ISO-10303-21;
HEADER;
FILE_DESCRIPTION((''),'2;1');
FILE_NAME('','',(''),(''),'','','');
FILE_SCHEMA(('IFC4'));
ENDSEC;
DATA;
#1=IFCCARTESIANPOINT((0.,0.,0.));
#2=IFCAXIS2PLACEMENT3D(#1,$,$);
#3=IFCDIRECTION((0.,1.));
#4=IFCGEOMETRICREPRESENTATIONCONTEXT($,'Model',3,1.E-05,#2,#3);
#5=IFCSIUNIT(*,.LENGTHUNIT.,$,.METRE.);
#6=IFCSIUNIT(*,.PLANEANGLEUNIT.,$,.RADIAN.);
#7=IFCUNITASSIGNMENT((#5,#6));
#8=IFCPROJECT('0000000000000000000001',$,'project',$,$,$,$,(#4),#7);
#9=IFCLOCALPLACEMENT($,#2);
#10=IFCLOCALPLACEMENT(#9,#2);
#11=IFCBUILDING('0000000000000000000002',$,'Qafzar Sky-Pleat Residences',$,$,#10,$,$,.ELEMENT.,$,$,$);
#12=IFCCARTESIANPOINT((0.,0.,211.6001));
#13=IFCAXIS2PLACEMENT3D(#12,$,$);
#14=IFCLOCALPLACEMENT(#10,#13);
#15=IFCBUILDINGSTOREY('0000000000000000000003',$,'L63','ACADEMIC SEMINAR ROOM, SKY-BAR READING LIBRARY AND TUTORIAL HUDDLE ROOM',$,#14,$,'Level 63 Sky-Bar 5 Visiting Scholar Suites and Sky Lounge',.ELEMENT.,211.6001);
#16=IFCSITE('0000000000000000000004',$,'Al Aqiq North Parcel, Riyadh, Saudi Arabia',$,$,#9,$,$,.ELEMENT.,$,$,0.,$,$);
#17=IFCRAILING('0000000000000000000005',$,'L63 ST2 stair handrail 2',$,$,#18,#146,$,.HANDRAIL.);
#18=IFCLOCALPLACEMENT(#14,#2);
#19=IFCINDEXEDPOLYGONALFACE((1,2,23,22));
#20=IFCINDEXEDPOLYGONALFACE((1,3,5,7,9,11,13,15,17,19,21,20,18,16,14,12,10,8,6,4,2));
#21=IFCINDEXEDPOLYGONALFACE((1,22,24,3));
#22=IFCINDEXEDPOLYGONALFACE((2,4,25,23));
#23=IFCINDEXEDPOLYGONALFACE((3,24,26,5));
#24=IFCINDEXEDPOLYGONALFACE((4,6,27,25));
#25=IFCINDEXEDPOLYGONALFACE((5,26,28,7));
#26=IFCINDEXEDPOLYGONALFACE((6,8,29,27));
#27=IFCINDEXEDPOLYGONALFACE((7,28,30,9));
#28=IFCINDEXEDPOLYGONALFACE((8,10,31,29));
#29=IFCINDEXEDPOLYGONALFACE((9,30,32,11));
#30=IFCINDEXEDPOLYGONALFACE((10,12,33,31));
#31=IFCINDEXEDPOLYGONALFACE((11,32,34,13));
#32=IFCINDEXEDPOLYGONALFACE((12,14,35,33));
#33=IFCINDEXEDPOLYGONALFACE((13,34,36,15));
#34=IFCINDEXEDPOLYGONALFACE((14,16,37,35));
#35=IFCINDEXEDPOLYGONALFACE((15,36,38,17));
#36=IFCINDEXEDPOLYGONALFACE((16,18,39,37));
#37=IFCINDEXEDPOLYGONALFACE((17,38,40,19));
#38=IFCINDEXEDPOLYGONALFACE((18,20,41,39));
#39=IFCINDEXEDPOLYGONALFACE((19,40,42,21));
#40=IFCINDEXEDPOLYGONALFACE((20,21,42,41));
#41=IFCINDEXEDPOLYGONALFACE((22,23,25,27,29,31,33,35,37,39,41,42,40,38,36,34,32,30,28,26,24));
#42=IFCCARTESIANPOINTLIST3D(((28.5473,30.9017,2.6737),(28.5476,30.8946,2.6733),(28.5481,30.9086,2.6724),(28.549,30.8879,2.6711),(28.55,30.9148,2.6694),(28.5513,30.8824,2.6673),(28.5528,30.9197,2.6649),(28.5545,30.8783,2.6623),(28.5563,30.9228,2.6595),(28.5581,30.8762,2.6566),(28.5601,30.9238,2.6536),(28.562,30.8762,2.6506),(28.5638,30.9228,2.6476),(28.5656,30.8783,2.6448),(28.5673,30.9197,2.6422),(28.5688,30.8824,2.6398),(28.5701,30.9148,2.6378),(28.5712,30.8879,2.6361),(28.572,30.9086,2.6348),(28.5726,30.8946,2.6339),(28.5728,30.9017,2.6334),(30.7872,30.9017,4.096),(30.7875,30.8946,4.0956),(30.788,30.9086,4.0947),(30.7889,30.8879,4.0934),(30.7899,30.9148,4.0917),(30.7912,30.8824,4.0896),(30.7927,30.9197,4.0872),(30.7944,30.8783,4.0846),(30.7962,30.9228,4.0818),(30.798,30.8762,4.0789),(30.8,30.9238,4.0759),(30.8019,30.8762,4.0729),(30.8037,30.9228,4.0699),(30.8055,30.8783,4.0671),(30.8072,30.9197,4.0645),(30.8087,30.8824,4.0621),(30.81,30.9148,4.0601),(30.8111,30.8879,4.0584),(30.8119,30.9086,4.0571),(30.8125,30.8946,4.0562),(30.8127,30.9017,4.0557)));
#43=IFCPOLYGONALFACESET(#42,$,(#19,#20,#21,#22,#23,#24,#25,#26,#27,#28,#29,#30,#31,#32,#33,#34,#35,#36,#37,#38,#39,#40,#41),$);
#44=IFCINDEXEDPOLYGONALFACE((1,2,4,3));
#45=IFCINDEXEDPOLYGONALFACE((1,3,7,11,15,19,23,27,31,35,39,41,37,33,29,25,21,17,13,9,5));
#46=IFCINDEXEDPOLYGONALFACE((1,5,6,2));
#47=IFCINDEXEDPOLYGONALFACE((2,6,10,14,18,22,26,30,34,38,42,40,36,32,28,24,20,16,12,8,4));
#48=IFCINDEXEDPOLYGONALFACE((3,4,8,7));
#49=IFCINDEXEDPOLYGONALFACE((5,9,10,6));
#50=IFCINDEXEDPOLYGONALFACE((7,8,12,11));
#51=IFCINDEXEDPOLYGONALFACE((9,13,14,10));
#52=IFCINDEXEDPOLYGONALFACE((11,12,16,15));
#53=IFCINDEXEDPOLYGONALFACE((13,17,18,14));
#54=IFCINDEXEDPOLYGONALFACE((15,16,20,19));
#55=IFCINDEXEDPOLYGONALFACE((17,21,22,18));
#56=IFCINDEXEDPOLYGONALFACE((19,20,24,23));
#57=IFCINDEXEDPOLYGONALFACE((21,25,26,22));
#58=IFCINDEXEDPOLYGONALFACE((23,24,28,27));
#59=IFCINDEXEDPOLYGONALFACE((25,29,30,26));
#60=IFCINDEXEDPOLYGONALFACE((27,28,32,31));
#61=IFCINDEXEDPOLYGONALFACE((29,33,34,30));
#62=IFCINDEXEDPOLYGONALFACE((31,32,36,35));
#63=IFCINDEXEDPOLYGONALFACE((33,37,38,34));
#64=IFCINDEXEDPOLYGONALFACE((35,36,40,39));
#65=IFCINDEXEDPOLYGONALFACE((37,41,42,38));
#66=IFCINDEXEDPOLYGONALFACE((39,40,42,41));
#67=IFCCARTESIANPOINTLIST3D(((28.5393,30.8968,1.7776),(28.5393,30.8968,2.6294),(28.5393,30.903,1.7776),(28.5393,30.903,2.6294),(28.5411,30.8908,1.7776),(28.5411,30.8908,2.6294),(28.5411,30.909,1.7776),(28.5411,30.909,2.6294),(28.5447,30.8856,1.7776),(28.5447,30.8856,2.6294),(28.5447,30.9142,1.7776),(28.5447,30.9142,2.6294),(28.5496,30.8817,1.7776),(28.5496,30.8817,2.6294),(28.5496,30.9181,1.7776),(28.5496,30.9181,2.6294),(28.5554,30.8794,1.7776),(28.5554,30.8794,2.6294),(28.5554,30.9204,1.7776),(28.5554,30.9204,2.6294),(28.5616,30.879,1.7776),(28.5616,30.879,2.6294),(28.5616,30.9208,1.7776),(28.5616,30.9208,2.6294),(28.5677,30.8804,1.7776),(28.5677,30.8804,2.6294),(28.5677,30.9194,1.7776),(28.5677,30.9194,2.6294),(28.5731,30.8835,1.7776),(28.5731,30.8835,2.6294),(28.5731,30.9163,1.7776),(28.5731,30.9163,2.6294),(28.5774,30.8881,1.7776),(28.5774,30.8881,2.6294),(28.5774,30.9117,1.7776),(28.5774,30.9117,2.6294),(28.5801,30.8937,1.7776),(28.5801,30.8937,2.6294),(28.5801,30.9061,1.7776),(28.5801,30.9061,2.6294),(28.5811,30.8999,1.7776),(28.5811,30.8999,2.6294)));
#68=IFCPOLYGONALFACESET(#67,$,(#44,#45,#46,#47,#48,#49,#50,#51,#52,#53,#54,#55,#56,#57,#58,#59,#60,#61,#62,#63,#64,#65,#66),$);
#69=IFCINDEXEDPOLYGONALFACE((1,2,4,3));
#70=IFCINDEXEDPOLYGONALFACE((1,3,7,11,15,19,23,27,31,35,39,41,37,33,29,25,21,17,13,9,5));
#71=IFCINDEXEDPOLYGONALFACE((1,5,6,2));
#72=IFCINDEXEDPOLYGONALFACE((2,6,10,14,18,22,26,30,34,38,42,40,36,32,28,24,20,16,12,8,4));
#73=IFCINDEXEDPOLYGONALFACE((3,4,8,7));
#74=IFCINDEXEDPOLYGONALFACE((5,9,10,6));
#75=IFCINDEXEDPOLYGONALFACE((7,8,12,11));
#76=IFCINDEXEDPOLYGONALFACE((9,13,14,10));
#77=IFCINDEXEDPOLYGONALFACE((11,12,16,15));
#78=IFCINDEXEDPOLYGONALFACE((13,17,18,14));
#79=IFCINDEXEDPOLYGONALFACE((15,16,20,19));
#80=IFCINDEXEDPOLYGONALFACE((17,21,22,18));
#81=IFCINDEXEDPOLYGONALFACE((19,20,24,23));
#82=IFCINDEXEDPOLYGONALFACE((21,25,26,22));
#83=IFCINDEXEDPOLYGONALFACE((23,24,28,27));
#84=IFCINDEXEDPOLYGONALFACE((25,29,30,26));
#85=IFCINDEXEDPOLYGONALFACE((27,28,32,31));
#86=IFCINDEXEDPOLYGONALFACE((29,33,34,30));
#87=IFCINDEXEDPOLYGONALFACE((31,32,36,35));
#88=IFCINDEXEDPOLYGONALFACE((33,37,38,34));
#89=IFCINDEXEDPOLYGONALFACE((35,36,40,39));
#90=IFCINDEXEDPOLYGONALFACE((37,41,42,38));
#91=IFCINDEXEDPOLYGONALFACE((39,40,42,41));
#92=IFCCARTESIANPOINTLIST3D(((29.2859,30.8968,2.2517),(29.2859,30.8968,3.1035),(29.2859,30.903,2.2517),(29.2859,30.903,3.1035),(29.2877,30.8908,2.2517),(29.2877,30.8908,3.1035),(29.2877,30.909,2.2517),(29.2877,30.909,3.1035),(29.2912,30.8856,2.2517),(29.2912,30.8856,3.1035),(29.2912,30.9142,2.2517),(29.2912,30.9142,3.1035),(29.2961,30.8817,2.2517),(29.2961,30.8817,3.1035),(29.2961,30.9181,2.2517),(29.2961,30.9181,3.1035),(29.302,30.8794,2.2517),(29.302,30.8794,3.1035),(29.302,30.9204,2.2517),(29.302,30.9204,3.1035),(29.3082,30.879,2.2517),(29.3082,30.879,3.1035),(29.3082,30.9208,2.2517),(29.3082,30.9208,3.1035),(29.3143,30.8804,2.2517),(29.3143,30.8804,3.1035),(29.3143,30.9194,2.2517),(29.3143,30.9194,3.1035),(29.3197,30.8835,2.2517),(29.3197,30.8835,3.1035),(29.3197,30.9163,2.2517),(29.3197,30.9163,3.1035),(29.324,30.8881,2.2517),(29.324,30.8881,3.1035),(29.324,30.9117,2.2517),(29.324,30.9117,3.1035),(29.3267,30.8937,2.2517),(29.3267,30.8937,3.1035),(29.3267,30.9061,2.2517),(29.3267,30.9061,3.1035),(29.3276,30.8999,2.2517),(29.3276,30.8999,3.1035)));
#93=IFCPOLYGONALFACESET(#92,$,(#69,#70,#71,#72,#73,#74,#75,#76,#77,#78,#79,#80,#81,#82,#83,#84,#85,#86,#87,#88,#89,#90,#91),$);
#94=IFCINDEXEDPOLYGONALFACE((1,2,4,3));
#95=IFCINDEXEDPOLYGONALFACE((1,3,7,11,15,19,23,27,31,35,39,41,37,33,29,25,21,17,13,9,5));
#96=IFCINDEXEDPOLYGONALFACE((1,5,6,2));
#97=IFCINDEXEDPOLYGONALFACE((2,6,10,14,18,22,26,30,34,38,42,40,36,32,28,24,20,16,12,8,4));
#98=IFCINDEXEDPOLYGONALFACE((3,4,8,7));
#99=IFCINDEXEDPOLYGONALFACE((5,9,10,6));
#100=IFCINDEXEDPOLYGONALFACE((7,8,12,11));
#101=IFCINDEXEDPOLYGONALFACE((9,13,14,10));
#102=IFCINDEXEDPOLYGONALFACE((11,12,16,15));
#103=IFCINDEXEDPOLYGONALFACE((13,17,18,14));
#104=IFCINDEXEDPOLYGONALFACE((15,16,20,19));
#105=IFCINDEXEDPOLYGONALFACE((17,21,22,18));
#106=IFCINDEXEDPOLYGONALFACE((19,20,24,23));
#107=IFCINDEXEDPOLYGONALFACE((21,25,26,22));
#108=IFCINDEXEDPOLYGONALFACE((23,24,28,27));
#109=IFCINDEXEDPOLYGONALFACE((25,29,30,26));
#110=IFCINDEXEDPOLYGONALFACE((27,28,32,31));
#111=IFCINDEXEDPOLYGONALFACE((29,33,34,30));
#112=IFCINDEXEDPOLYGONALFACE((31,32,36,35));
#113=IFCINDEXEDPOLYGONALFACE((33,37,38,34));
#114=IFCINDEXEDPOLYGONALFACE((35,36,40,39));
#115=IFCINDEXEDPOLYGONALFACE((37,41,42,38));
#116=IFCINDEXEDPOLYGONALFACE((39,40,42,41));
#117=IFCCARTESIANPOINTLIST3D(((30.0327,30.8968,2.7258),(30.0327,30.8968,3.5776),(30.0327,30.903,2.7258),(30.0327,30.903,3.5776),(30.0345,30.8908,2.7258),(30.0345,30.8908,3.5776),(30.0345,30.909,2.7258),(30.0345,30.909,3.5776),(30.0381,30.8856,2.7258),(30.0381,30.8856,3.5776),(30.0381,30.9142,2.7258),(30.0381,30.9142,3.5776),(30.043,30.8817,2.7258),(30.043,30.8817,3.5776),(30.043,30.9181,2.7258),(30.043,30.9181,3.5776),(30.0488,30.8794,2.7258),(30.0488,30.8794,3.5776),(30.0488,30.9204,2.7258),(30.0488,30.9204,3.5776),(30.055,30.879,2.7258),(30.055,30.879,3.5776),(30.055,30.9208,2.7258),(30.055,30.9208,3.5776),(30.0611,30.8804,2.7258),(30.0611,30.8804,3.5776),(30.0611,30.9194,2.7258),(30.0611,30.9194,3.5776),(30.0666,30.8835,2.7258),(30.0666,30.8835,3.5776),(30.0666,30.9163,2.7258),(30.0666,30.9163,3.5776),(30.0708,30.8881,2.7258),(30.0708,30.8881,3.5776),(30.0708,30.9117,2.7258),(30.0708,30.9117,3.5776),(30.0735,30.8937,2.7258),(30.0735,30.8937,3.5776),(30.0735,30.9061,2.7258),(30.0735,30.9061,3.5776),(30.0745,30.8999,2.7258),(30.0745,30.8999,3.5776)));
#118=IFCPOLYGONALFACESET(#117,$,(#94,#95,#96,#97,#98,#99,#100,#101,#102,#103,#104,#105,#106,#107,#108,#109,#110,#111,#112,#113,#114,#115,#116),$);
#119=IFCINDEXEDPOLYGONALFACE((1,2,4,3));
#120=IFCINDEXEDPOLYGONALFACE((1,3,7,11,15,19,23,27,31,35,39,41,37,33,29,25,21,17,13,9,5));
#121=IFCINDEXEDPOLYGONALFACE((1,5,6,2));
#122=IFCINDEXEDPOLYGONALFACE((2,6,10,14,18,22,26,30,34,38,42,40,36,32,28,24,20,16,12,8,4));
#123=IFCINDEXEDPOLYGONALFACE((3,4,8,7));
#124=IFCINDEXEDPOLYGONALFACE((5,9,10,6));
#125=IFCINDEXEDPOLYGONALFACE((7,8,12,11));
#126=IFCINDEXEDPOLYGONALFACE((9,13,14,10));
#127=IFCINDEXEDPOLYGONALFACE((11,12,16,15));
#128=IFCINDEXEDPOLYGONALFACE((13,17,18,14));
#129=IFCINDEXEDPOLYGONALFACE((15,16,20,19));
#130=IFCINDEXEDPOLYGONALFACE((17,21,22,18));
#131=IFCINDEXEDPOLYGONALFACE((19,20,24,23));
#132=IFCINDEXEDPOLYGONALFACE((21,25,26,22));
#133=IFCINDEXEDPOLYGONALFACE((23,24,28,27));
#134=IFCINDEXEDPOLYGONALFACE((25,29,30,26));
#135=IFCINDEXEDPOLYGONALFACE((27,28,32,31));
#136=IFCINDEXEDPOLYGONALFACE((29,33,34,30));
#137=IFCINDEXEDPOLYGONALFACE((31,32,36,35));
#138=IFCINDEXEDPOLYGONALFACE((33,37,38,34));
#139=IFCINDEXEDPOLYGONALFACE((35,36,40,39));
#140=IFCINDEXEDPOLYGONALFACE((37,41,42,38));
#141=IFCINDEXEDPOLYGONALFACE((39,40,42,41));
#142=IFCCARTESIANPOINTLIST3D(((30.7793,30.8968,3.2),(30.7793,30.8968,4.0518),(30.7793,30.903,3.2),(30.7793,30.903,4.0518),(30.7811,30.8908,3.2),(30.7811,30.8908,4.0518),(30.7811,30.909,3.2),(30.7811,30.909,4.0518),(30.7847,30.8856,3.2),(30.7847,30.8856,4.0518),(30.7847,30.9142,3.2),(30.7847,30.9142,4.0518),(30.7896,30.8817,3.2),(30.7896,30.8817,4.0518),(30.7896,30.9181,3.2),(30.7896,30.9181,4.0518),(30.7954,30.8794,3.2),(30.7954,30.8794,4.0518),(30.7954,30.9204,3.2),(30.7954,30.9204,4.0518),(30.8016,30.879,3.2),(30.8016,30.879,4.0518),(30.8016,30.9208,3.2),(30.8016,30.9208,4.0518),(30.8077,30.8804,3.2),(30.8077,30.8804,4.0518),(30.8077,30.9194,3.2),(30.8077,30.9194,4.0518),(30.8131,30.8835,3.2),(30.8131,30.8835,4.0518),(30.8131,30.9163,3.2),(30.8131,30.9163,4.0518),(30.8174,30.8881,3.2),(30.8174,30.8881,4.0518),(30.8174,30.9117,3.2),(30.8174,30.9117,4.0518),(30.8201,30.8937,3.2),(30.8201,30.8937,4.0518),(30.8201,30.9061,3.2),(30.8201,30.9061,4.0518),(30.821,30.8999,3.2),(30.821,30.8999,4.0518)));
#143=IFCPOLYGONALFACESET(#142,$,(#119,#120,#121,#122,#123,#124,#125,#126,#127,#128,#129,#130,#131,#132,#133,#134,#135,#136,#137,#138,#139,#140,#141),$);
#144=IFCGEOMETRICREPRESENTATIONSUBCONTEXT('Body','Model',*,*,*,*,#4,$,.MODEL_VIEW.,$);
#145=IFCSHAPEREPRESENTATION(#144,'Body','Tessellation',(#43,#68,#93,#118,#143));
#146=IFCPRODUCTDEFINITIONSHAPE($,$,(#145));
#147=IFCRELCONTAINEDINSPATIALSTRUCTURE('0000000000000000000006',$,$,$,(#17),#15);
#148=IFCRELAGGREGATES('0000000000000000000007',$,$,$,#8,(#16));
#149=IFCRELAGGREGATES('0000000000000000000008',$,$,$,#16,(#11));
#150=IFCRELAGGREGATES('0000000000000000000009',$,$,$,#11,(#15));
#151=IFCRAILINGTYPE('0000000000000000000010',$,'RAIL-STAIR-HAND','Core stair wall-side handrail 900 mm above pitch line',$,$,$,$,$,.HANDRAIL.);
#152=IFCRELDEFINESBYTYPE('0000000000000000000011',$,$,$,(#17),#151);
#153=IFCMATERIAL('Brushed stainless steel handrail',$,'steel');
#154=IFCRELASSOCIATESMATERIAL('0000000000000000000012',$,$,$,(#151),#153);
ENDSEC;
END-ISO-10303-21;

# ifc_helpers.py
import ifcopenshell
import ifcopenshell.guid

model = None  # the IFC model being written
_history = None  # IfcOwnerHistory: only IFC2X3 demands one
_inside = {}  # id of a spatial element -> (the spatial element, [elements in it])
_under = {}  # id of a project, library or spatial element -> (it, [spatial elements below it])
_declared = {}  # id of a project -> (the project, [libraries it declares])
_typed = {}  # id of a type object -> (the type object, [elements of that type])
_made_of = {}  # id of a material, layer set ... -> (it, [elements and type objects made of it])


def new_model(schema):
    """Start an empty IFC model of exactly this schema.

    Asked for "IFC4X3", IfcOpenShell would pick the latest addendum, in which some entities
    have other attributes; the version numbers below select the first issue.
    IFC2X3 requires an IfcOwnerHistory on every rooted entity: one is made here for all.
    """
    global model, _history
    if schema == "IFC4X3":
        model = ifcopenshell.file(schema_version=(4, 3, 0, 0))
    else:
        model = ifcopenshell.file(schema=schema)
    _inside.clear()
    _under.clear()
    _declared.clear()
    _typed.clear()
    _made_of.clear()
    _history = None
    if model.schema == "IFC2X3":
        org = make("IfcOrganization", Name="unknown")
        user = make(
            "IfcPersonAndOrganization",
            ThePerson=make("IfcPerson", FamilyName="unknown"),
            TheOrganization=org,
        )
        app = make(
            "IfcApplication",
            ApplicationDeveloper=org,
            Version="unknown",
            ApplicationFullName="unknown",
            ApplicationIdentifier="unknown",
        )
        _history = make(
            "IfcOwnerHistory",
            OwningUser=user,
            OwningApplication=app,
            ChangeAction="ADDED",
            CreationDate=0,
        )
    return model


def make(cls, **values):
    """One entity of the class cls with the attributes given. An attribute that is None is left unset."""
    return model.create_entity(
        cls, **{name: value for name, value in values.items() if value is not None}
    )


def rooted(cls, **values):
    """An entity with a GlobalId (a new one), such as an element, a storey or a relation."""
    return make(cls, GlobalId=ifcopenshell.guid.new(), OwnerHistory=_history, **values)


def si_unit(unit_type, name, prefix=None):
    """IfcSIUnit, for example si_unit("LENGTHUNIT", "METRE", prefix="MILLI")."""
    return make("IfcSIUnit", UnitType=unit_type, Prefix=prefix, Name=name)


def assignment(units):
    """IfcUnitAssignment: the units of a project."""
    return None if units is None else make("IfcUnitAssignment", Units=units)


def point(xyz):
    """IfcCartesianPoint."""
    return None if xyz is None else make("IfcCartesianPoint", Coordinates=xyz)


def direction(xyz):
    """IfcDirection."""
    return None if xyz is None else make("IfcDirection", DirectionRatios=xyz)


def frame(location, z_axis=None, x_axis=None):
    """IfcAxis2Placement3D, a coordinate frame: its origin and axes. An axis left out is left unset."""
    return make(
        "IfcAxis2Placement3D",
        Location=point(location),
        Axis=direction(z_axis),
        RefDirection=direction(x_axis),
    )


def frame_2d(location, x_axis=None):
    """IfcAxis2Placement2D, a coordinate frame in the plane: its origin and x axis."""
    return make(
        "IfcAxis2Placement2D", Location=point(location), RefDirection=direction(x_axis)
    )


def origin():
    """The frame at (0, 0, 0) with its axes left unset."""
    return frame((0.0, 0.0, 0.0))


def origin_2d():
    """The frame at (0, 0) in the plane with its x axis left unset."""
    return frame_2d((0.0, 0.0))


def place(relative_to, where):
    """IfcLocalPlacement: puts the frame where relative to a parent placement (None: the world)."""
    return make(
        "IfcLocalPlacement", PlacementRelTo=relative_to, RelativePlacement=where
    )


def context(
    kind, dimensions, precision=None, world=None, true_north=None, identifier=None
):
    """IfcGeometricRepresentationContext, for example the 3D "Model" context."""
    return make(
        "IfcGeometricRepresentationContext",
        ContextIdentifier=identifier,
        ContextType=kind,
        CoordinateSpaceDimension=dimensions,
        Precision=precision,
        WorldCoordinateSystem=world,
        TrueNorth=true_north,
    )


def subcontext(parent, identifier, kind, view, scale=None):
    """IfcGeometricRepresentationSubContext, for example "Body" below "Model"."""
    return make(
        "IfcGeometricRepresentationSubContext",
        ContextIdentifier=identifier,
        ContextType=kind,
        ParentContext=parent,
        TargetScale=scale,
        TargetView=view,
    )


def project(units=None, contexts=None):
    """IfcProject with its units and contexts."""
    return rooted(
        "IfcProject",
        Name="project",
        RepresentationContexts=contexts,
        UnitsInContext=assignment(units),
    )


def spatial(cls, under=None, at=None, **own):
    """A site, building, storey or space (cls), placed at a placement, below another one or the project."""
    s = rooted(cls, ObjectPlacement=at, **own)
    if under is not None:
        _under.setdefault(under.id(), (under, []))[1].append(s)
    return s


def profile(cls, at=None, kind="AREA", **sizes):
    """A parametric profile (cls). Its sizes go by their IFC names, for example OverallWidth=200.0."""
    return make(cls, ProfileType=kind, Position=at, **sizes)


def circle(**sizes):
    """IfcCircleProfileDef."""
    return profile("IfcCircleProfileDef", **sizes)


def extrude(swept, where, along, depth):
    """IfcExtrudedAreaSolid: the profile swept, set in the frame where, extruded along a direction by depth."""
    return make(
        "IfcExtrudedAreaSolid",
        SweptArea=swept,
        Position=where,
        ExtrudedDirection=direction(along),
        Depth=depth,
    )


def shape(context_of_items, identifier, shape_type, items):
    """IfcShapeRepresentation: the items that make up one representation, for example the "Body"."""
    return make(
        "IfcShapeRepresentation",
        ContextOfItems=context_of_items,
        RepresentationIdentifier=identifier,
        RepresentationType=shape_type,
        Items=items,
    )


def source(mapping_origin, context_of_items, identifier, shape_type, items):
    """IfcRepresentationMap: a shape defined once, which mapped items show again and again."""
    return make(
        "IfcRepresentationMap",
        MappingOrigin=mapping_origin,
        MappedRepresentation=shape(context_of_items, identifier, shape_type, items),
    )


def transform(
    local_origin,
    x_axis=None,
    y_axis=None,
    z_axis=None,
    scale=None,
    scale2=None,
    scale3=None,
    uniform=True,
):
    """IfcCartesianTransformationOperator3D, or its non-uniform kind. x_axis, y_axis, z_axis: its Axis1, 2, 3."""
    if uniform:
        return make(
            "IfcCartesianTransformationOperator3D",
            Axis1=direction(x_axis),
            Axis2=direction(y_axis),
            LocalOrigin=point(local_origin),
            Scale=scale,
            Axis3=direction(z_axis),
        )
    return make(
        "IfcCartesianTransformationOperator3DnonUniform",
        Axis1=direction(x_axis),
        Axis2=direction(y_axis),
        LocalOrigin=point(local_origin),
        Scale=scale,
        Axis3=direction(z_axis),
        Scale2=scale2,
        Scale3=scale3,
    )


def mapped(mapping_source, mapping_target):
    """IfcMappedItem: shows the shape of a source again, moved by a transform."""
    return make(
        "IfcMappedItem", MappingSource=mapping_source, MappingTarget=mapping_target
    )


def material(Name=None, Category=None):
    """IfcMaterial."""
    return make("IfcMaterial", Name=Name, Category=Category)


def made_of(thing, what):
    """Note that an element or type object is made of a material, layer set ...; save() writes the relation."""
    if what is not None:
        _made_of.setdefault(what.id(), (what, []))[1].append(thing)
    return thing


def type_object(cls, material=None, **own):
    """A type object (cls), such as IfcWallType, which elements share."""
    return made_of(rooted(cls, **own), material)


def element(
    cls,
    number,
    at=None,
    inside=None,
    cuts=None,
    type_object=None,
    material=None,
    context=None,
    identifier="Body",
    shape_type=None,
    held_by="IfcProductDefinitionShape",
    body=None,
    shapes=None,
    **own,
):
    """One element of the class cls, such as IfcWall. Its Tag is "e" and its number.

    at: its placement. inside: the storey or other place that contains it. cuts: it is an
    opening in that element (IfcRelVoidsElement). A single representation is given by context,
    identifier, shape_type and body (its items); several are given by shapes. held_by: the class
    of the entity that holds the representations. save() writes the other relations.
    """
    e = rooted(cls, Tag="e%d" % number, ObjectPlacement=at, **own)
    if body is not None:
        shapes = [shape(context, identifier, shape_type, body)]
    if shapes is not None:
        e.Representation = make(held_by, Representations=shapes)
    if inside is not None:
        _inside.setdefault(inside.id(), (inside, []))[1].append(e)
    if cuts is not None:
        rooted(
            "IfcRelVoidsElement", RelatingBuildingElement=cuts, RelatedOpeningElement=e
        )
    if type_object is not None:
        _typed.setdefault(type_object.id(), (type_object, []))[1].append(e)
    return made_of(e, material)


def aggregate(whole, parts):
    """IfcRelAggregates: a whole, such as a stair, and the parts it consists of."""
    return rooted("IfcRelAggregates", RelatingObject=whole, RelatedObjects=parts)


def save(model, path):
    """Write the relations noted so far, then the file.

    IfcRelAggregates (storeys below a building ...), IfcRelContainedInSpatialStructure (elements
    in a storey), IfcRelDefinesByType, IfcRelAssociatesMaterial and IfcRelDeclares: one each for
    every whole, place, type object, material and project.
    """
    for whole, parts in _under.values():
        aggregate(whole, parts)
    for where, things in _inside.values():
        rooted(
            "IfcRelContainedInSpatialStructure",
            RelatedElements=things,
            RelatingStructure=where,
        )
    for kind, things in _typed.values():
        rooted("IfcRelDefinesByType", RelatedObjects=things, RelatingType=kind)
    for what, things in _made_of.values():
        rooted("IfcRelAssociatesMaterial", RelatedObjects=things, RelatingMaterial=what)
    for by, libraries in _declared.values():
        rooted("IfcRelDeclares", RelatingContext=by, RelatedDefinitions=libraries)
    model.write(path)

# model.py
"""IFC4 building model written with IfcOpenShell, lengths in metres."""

from ifc_helpers import new_model, si_unit, direction, frame, origin, origin_2d, place, context, subcontext, project, spatial, circle, extrude, source, transform, mapped, material, type_object, element, save


model = new_model("IFC4")

# Units and contexts
model_context = context("Model", 3, precision=1e-05, world=origin(), true_north=direction((0.0, 1.0)))
body_context = subcontext(model_context, "Body", "Model", "MODEL_VIEW")
ifc_project = project(units=[si_unit("LENGTHUNIT", "METRE"), si_unit("PLANEANGLEUNIT", "RADIAN")], contexts=[model_context])

# Site, building, storey
site_placement = place(None, origin())
site = spatial("IfcSite", under=ifc_project, at=site_placement, Name="Al Aqiq North Parcel, Riyadh, Saudi Arabia", CompositionType="ELEMENT", RefElevation=0.0)
building_placement = place(site_placement, origin())
building = spatial("IfcBuilding", under=site, at=building_placement, Name="Qafzar Sky-Pleat Residences", CompositionType="ELEMENT")
storey_placement = place(building_placement, frame((0.0, 0.0, 211.6001)))
storey = spatial("IfcBuildingStorey", under=building, at=storey_placement, Name="L63", Description="ACADEMIC SEMINAR ROOM, SKY-BAR READING LIBRARY AND TUTORIAL HUDDLE ROOM", LongName="Level 63 Sky-Bar 5 Visiting Scholar Suites and Sky Lounge", CompositionType="ELEMENT", Elevation=211.6001)

# Railing
ifc_material_1 = material(Name="Brushed stainless steel handrail", Category="steel")
railing_type_1 = type_object("IfcRailingType", Name="RAIL-STAIR-HAND", Description="Core stair wall-side handrail 900 mm above pitch line", PredefinedType="HANDRAIL", material=ifc_material_1)
shared_shape_1 = source(origin(), body_context, "Body", "SweptSolid", [
    extrude(circle(Radius=0.0239, at=origin_2d()), frame((0.0, 0.0, 0.876), z_axis=(0.844188, 0.0, 0.536048), x_axis=(0.0, 1.0, 0.0)), (0.0, 0.0, 1.0), 2.6533),
    extrude(circle(Radius=0.021, at=origin_2d()), origin(), (0.0, 0.0, 1.0), 0.8518),
    extrude(circle(Radius=0.021, at=origin_2d()), frame((0.7466, 0.0, 0.4741)), (0.0, 0.0, 1.0), 0.8518),
    extrude(circle(Radius=0.021, at=origin_2d()), frame((1.4934, 0.0, 0.9482)), (0.0, 0.0, 1.0), 0.8518),
    extrude(circle(Radius=0.021, at=origin_2d()), frame((2.24, 0.0, 1.4224)), (0.0, 0.0, 1.0), 0.8518),
])
railing_1_placement = place(storey_placement, frame((28.5601, 30.8999, 1.7776)))
element("IfcRailing", 1, at=railing_1_placement, inside=storey, type_object=railing_type_1, Name="L63 ST2 stair handrail 2", PredefinedType="HANDRAIL", context=body_context, shape_type="MappedRepresentation", body=[
    mapped(shared_shape_1, transform((0.0, 0.0, 0.0), x_axis=(1.0, 0.0, 0.0), y_axis=(0.0, 1.0, 0.0), z_axis=(0.0, 0.0, 1.0), scale=1.0)),
])

save(model, "model.ifc")
